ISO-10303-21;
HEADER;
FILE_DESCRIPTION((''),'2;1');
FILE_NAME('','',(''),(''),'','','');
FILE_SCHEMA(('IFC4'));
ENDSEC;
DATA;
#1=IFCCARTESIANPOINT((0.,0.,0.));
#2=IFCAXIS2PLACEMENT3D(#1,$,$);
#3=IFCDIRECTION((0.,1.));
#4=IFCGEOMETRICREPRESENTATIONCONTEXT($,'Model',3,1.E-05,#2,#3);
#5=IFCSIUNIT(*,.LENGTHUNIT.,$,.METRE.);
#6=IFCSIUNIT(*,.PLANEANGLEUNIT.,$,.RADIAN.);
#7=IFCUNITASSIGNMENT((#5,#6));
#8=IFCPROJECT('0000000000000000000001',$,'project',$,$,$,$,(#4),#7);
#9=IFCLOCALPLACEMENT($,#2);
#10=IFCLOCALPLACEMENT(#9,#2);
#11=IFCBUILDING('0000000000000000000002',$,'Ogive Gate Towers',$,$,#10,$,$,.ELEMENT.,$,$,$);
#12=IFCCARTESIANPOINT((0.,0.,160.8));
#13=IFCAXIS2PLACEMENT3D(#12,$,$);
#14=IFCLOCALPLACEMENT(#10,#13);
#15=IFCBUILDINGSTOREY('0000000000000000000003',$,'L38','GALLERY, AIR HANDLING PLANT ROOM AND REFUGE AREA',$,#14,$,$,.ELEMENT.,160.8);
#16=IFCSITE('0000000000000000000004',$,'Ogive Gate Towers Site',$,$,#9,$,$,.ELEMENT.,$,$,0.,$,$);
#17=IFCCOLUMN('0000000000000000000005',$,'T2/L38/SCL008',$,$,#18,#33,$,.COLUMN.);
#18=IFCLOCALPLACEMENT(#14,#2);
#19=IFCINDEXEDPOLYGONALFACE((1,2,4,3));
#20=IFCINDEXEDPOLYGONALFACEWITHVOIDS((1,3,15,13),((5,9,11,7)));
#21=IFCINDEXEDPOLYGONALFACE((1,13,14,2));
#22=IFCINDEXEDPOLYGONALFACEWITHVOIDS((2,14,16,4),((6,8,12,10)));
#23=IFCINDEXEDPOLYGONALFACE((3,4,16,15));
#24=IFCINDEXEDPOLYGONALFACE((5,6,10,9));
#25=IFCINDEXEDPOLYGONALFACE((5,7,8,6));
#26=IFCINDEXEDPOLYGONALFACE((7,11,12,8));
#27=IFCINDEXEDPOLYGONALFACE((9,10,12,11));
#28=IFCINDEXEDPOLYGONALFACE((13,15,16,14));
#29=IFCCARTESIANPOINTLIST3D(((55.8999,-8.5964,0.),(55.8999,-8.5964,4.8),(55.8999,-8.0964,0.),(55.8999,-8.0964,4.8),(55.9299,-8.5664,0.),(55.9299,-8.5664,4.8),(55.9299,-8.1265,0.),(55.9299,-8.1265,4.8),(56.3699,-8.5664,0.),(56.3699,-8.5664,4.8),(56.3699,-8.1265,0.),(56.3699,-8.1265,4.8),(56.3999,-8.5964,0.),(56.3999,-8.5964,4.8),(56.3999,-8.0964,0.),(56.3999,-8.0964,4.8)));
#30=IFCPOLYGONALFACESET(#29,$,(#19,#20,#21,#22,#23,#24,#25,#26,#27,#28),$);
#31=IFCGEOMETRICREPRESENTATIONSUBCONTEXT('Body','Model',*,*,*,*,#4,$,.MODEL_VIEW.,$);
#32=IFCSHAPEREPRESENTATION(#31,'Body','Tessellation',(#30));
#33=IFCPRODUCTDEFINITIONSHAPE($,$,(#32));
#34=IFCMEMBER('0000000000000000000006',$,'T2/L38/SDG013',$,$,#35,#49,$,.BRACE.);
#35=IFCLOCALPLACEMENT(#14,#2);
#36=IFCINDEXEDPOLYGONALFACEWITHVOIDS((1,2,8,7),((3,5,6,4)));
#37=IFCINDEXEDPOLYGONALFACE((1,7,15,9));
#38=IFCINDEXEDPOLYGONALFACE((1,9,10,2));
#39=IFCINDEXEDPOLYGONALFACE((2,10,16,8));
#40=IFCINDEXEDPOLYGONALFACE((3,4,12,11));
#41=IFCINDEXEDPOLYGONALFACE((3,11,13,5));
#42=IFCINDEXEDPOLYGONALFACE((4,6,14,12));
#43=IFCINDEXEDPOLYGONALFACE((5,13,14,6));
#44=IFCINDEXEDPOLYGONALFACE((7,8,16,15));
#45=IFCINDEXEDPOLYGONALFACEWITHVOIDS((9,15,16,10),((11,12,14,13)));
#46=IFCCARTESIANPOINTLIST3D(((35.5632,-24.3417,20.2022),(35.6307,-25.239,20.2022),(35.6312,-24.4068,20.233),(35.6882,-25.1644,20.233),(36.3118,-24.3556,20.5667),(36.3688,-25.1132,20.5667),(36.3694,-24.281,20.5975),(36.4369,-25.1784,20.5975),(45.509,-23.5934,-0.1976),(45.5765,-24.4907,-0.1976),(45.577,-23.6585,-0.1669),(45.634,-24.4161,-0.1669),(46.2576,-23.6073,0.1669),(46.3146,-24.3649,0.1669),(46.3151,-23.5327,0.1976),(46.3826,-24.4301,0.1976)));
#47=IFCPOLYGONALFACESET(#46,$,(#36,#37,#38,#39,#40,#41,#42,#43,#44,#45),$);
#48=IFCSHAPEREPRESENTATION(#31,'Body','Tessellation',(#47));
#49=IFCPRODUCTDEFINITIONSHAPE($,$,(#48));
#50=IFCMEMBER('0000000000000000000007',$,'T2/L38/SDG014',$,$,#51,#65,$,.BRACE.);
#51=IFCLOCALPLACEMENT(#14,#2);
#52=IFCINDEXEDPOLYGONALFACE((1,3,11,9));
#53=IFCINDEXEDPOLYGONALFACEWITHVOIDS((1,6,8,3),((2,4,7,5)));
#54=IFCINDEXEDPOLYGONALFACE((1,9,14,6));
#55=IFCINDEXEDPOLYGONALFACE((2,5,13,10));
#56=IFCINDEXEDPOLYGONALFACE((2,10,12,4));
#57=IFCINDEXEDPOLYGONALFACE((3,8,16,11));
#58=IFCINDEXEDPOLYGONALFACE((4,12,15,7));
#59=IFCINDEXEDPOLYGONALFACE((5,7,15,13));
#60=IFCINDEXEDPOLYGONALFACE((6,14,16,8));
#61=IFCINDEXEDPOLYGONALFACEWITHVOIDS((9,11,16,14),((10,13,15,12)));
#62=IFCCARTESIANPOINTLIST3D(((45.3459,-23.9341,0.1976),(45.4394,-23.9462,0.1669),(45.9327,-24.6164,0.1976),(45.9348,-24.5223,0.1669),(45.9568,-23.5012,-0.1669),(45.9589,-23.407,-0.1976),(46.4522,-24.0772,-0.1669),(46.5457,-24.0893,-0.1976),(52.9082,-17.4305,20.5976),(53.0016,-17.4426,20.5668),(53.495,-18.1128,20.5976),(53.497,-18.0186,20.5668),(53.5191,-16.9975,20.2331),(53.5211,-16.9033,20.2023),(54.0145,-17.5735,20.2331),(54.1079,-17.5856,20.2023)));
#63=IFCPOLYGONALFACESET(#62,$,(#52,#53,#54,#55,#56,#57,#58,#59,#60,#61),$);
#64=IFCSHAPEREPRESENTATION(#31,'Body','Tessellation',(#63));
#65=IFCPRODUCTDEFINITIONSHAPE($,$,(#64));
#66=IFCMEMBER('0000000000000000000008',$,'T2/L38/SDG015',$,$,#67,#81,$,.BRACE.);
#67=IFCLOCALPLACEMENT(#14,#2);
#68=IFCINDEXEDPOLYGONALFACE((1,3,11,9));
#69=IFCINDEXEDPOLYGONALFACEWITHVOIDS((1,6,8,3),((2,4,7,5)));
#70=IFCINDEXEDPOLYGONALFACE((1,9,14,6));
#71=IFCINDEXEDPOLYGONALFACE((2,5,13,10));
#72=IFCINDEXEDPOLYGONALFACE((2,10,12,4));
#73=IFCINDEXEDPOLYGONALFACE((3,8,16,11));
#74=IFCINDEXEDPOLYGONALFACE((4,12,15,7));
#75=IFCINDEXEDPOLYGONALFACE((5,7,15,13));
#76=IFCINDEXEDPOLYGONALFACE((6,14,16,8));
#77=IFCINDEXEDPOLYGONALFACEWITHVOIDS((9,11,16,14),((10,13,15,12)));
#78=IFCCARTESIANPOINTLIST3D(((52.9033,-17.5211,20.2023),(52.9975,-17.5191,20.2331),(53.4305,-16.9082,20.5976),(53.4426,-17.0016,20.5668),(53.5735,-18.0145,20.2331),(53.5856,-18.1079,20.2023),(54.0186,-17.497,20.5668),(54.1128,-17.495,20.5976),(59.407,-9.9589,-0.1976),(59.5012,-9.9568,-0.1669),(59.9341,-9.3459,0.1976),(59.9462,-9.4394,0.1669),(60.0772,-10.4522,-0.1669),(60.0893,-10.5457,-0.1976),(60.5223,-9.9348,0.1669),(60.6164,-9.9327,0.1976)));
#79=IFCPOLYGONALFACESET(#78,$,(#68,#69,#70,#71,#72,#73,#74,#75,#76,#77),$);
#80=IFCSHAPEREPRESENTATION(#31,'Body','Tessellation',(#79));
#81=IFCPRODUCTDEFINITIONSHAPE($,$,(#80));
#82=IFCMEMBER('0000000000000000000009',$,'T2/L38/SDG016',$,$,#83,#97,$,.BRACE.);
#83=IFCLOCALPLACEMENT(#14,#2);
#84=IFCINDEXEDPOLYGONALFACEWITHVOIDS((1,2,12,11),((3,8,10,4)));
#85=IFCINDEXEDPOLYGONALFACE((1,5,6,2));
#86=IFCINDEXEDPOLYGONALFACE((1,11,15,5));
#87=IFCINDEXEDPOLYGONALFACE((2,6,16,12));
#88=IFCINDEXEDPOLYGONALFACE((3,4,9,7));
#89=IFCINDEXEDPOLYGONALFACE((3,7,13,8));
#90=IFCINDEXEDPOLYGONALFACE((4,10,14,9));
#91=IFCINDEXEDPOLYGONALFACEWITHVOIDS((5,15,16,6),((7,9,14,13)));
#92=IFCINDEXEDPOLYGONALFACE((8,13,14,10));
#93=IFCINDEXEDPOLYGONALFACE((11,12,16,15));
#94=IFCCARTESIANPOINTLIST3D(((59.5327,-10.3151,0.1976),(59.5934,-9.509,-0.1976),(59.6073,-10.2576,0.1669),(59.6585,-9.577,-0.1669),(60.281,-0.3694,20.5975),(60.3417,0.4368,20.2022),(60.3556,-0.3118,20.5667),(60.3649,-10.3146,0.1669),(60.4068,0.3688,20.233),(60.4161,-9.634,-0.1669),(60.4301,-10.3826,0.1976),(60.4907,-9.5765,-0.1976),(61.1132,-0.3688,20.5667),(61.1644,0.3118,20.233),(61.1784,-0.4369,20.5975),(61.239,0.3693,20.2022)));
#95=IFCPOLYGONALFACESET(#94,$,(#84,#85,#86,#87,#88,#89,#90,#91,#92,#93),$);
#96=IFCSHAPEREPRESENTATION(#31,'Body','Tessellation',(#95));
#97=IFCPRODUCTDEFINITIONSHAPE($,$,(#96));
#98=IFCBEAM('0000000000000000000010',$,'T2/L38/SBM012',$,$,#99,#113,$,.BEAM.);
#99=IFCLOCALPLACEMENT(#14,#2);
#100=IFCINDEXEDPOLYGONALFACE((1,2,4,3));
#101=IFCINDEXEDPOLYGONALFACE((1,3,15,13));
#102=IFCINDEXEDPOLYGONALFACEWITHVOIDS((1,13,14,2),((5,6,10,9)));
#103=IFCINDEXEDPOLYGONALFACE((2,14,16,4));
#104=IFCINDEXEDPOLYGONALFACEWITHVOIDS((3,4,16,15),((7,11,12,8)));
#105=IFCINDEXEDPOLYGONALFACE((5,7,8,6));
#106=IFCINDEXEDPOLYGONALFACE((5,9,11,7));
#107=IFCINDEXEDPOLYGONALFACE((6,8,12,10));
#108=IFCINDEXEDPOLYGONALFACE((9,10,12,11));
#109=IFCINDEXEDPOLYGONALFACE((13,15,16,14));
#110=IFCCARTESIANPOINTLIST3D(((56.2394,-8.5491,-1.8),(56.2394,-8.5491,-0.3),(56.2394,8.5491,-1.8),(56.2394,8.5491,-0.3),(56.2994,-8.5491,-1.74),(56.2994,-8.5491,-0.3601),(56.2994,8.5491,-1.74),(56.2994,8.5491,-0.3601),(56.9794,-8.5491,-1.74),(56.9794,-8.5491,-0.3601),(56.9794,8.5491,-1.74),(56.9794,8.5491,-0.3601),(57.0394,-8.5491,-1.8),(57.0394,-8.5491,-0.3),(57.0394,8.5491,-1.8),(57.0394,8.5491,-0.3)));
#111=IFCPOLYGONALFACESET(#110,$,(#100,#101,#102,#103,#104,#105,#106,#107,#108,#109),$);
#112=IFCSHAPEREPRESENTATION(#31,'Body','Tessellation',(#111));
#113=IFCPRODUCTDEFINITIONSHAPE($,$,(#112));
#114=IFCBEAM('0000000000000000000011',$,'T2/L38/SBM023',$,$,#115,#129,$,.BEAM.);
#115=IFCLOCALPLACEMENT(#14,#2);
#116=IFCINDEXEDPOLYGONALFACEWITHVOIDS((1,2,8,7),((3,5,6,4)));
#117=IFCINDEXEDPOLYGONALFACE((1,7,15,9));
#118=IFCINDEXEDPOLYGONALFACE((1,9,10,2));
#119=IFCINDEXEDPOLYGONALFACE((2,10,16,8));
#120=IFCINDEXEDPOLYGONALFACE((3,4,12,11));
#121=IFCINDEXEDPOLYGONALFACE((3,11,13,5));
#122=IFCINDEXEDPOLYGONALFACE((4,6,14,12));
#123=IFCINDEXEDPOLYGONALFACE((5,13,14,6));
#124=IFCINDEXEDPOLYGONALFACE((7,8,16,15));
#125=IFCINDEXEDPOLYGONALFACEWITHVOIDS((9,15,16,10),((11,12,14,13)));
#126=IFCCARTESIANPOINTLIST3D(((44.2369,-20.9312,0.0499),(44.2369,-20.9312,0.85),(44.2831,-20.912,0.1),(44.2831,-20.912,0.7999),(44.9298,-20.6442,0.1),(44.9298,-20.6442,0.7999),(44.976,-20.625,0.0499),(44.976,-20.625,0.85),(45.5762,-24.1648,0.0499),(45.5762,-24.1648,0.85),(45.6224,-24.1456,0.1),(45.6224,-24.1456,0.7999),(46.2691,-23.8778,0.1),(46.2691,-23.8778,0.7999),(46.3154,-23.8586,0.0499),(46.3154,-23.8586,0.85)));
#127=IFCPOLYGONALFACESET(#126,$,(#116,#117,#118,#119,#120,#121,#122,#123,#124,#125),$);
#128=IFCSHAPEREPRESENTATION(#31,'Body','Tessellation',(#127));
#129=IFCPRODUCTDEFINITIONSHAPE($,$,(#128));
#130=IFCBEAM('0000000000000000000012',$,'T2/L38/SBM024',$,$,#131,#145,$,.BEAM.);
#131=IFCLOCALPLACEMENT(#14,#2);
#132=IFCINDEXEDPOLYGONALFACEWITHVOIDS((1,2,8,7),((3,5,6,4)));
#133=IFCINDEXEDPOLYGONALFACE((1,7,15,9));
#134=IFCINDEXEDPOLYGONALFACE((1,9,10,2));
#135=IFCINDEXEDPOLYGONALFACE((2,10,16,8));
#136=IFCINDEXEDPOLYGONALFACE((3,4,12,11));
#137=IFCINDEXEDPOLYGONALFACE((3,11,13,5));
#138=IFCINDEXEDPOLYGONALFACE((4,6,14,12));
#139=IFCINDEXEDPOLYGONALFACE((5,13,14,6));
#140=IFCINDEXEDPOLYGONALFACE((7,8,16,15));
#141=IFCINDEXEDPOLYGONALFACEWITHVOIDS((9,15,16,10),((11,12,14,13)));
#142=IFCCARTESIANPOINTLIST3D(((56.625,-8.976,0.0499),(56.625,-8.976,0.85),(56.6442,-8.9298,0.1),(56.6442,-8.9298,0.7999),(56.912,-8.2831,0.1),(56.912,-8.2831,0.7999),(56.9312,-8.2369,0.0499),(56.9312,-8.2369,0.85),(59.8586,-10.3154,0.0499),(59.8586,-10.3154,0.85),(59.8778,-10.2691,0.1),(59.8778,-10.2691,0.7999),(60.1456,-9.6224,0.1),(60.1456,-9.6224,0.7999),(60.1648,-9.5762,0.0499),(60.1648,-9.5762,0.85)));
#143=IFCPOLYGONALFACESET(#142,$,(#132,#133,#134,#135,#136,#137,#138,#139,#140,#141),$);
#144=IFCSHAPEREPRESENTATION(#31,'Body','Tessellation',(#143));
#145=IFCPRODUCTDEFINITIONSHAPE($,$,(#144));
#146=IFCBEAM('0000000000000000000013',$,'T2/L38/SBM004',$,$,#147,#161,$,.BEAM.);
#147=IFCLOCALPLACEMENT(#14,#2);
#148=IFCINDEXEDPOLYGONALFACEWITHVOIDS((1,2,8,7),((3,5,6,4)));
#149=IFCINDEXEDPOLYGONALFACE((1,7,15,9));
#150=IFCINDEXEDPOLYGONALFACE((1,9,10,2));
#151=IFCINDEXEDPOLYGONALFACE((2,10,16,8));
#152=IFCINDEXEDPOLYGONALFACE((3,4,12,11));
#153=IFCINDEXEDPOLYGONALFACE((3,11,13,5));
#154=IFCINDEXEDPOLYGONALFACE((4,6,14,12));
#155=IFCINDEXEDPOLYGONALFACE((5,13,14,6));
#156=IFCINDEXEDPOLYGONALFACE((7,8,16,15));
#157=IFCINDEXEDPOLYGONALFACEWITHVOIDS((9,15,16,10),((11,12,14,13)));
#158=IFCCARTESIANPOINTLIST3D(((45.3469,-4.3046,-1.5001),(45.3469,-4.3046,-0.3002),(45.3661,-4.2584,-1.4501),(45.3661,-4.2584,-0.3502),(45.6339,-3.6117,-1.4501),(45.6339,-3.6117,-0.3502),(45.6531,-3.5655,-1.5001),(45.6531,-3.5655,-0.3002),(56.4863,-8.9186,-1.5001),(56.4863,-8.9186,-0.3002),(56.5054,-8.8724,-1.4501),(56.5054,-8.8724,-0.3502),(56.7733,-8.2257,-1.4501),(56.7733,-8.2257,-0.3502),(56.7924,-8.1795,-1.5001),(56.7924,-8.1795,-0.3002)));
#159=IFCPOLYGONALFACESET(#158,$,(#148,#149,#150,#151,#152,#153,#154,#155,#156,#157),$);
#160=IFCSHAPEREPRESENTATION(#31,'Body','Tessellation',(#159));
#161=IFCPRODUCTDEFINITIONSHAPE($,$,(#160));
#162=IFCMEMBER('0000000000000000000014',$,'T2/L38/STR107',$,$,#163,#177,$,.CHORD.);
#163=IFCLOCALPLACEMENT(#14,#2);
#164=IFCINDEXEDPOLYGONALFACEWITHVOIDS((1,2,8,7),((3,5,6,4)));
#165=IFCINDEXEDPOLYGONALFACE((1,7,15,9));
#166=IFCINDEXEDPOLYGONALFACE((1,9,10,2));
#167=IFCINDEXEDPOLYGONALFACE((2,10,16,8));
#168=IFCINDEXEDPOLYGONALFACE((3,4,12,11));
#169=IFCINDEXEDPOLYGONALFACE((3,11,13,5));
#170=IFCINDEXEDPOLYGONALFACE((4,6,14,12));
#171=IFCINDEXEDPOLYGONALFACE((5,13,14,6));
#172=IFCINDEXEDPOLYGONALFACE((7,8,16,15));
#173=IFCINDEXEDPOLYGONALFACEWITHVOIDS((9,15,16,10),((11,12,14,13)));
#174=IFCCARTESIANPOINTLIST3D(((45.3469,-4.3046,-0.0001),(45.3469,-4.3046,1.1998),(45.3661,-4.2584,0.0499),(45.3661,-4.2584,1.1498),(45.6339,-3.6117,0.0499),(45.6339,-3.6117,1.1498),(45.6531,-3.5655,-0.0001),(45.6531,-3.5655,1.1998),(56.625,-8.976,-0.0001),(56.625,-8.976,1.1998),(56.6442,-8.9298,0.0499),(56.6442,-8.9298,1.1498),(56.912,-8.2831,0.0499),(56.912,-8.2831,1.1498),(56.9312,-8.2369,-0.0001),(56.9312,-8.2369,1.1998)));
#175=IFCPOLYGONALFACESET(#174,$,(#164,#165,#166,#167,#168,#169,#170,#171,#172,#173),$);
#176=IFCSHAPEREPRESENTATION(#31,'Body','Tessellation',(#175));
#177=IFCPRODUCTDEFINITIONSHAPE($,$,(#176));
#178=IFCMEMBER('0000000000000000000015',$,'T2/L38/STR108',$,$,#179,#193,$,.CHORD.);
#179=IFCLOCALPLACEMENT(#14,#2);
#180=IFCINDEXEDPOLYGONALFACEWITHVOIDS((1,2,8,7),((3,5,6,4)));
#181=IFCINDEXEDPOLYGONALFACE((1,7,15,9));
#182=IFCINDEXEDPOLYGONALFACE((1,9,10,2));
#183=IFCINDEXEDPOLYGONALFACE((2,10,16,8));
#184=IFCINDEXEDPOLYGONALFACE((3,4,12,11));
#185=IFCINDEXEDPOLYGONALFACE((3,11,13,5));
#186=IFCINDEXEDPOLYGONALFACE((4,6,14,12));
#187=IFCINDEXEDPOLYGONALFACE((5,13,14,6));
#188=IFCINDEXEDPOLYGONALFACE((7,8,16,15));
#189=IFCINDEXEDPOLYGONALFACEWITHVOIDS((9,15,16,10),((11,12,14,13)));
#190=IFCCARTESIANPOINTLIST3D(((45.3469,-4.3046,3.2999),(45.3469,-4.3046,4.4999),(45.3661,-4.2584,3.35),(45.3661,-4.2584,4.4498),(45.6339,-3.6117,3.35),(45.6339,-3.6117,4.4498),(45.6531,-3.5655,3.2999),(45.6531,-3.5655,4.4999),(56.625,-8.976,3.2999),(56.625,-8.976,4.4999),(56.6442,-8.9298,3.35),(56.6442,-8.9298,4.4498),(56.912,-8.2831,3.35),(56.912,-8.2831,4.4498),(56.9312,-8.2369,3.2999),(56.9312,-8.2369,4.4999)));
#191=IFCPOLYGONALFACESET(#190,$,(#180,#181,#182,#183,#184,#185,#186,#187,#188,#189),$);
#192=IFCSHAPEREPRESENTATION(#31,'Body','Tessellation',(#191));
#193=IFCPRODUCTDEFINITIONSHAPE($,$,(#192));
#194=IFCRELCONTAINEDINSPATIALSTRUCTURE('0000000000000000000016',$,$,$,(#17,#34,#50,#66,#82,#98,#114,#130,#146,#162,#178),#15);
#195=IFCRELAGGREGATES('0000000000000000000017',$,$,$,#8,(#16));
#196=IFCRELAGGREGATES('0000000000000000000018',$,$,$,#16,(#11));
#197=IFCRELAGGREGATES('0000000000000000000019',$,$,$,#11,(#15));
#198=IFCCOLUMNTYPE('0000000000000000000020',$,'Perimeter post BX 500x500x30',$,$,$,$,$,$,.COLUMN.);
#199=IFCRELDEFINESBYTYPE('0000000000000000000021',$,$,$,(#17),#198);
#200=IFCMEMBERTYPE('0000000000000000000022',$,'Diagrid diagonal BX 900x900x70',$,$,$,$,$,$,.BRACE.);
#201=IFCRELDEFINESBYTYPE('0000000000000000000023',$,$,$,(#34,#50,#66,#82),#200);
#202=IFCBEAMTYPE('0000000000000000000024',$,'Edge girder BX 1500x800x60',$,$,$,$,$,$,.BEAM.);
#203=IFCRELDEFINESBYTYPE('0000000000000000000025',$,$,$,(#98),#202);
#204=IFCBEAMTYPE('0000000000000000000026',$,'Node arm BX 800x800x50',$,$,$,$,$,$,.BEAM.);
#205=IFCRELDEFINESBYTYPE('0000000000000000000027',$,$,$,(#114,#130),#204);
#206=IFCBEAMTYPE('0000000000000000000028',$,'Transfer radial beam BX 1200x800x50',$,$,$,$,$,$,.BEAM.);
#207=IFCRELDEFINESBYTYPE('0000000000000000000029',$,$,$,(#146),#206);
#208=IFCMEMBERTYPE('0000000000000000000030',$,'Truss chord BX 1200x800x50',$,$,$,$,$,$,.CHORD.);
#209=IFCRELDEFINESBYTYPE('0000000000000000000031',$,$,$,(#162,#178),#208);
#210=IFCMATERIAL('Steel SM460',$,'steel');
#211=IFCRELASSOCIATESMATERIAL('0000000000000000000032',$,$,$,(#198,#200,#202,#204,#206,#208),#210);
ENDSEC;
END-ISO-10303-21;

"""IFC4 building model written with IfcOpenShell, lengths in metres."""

from ifc_helpers import new_model, si_unit, direction, frame, origin, origin_2d, place, context, subcontext, project, spatial, hollow_rectangle, extrude, material, material_profile, profile_set, type_object, element, save


model = new_model("IFC4")

# Units and contexts
model_context = context("Model", 3, precision=1e-05, world=origin(), true_north=direction((0.0, 1.0)))
body_context = subcontext(model_context, "Body", "Model", "MODEL_VIEW")
ifc_project = project(units=[si_unit("LENGTHUNIT", "METRE"), si_unit("PLANEANGLEUNIT", "RADIAN")], contexts=[model_context])

# Site, building, storey
site_placement = place(None, origin())
site = spatial("IfcSite", under=ifc_project, at=site_placement, Name="Ogive Gate Towers Site", CompositionType="ELEMENT", RefElevation=0.0)
building_placement = place(site_placement, origin())
building = spatial("IfcBuilding", under=site, at=building_placement, Name="Ogive Gate Towers", CompositionType="ELEMENT")
storey_placement = place(building_placement, frame((0.0, 0.0, 160.8)))
storey = spatial("IfcBuildingStorey", under=building, at=storey_placement, Name="L38", Description="GALLERY, AIR HANDLING PLANT ROOM AND REFUGE AREA", CompositionType="ELEMENT", Elevation=160.8)

# Column
ifc_material_1 = material(Name="Steel SM460", Category="steel")
ifc_material_profile_1 = material_profile(ifc_material_1, hollow_rectangle(XDim=0.5, YDim=0.5, WallThickness=0.03, at=origin_2d()), Name="BX 500x500x30")
ifc_profile_set_1 = profile_set([ifc_material_profile_1], Name="Steel SM460")
column_type = type_object("IfcColumnType", Name="Perimeter post BX 500x500x30", PredefinedType="COLUMN", material=ifc_profile_set_1)
column_placement = place(storey_placement, frame((56.1499, -8.3464, 0.0), z_axis=(0.0, 0.0, 1.0), x_axis=(1.0, 0.0, 0.0)))
element("IfcColumn", 1, at=column_placement, inside=storey, type_object=column_type, Name="T2/L38/SCL008", PredefinedType="COLUMN", context=body_context, shape_type="SweptSolid", body=[
    extrude(hollow_rectangle(XDim=0.5, YDim=0.5, WallThickness=0.03, at=origin_2d()), origin(), (0.0, 0.0, 1.0), 4.8),
])

# Members
ifc_material_profile_2 = material_profile(ifc_material_1, hollow_rectangle(XDim=0.8999, YDim=0.8999, WallThickness=0.0701, at=origin_2d()), Name="BX 900x900x70")
ifc_profile_set_2 = profile_set([ifc_material_profile_2], Name="Steel SM460")
member_type_1 = type_object("IfcMemberType", Name="Diagrid diagonal BX 900x900x70", PredefinedType="BRACE", material=ifc_profile_set_2)
member_1_placement = place(storey_placement, frame((45.9458, -24.0117, 0.0), z_axis=(-0.437994, -0.032953, 0.898374), x_axis=(0.075025, -0.997182, 0.0)))
element("IfcMember", 2, at=member_1_placement, inside=storey, type_object=member_type_1, Name="T2/L38/SDG013", PredefinedType="BRACE", context=body_context, shape_type="SweptSolid", body=[
    extrude(hollow_rectangle(XDim=0.8999, YDim=0.8999, WallThickness=0.0701, at=origin_2d()), origin(), (0.0, 0.0, 1.0), 22.7075),
])
for number, where, z_axis, x_axis, name in (
    (3, (45.9458, -24.0117, 0.0), (0.333026, 0.286407, 0.898368), (-0.652046, 0.758179, 0.0), "T2/L38/SDG014"),
    (4, (60.0117, -9.9458, 0.0), (-0.286407, -0.333026, 0.898368), (0.758179, -0.652046, 0.0), "T2/L38/SDG015"),
):
    element("IfcMember", number, at=place(storey_placement, frame(where, z_axis=z_axis, x_axis=x_axis)), inside=storey, type_object=member_type_1, Name=name, PredefinedType="BRACE", context=body_context, shape_type="SweptSolid", body=[
        extrude(hollow_rectangle(XDim=0.8999, YDim=0.8999, WallThickness=0.0701, at=origin_2d()), origin(), (0.0, 0.0, 1.0), 22.7078),
    ])
member_2_placement = place(storey_placement, frame((60.0117, -9.9458, 0.0), z_axis=(0.032953, 0.437994, 0.898374), x_axis=(-0.997182, 0.075025, 0.0)))
element("IfcMember", 5, at=member_2_placement, inside=storey, type_object=member_type_1, Name="T2/L38/SDG016", PredefinedType="BRACE", context=body_context, shape_type="SweptSolid", body=[
    extrude(hollow_rectangle(XDim=0.8999, YDim=0.8999, WallThickness=0.0701, at=origin_2d()), origin(), (0.0, 0.0, 1.0), 22.7075),
])

# Beams
ifc_material_profile_3 = material_profile(ifc_material_1, hollow_rectangle(XDim=0.8, YDim=1.5, WallThickness=0.0601, at=origin_2d()), Name="BX 1500x800x60")
ifc_profile_set_3 = profile_set([ifc_material_profile_3], Name="Steel SM460")
beam_type_1 = type_object("IfcBeamType", Name="Edge girder BX 1500x800x60", PredefinedType="BEAM", material=ifc_profile_set_3)
beam_1_placement = place(storey_placement, frame((56.6394, -8.5491, -1.05), z_axis=(0.0, 1.0, 0.0), x_axis=(-1.0, 0.0, 0.0)))
element("IfcBeam", 6, at=beam_1_placement, inside=storey, type_object=beam_type_1, Name="T2/L38/SBM012", PredefinedType="BEAM", context=body_context, shape_type="SweptSolid", body=[
    extrude(hollow_rectangle(XDim=0.8, YDim=1.5, WallThickness=0.0601, at=origin_2d()), origin(), (0.0, 0.0, 1.0), 17.0981),
])
ifc_material_profile_4 = material_profile(ifc_material_1, hollow_rectangle(XDim=0.8, YDim=0.8, WallThickness=0.05, at=origin_2d()), Name="BX 800x800x50")
ifc_profile_set_4 = profile_set([ifc_material_profile_4], Name="Steel SM460")
beam_type_2 = type_object("IfcBeamType", Name="Node arm BX 800x800x50", PredefinedType="BEAM", material=ifc_profile_set_4)
for number, where, z_axis, x_axis, name in (
    (7, (44.6064, -20.7781, 0.45), (0.382668, -0.923886, 0.0), (0.923886, 0.382668, 0.0), "T2/L38/SBM023"),
    (8, (56.7781, -8.6064, 0.45), (0.923886, -0.382668, 0.0), (0.382668, 0.923886, 0.0), "T2/L38/SBM024"),
):
    element("IfcBeam", number, at=place(storey_placement, frame(where, z_axis=z_axis, x_axis=x_axis)), inside=storey, type_object=beam_type_2, Name=name, PredefinedType="BEAM", context=body_context, shape_type="SweptSolid", body=[
        extrude(hollow_rectangle(XDim=0.8, YDim=0.8, WallThickness=0.05, at=origin_2d()), origin(), (0.0, 0.0, 1.0), 3.5),
    ])
ifc_material_profile_5 = material_profile(ifc_material_1, hollow_rectangle(XDim=0.8, YDim=1.2, WallThickness=0.05, at=origin_2d()), Name="BX 1200x800x50")
ifc_profile_set_5 = profile_set([ifc_material_profile_5], Name="Steel SM460")
beam_type_3 = type_object("IfcBeamType", Name="Transfer radial beam BX 1200x800x50", PredefinedType="BEAM", material=ifc_profile_set_5)
beam_2_placement = place(storey_placement, frame((45.5, -3.9351, -0.9001), z_axis=(0.923882, -0.382678, 0.0), x_axis=(0.382678, 0.923882, 0.0)))
element("IfcBeam", 9, at=beam_2_placement, inside=storey, type_object=beam_type_3, Name="T2/L38/SBM004", PredefinedType="BEAM", context=body_context, shape_type="SweptSolid", body=[
    extrude(hollow_rectangle(XDim=0.8, YDim=1.2, WallThickness=0.05, at=origin_2d()), origin(), (0.0, 0.0, 1.0), 12.0571),
])

# Members
ifc_material_profile_6 = material_profile(ifc_material_1, hollow_rectangle(XDim=0.8, YDim=1.2, WallThickness=0.05, at=origin_2d()), Name="BX 1200x800x50")
ifc_profile_set_6 = profile_set([ifc_material_profile_6], Name="Steel SM460")
member_type_2 = type_object("IfcMemberType", Name="Truss chord BX 1200x800x50", PredefinedType="CHORD", material=ifc_profile_set_6)
for number, where, z_axis, x_axis, name in (
    (10, (45.5, -3.9351, 0.5999), (0.923884, -0.382673, 0.0), (0.382673, 0.923884, 0.0), "T2/L38/STR107"),
    (11, (45.5, -3.9351, 3.8999), (0.923884, -0.382673, 0.0), (0.382673, 0.923884, 0.0), "T2/L38/STR108"),
):
    element("IfcMember", number, at=place(storey_placement, frame(where, z_axis=z_axis, x_axis=x_axis)), inside=storey, type_object=member_type_2, Name=name, PredefinedType="CHORD", context=body_context, shape_type="SweptSolid", body=[
        extrude(hollow_rectangle(XDim=0.8, YDim=1.2, WallThickness=0.05, at=origin_2d()), origin(), (0.0, 0.0, 1.0), 12.2073),
    ])

save(model, "model.ifc")
